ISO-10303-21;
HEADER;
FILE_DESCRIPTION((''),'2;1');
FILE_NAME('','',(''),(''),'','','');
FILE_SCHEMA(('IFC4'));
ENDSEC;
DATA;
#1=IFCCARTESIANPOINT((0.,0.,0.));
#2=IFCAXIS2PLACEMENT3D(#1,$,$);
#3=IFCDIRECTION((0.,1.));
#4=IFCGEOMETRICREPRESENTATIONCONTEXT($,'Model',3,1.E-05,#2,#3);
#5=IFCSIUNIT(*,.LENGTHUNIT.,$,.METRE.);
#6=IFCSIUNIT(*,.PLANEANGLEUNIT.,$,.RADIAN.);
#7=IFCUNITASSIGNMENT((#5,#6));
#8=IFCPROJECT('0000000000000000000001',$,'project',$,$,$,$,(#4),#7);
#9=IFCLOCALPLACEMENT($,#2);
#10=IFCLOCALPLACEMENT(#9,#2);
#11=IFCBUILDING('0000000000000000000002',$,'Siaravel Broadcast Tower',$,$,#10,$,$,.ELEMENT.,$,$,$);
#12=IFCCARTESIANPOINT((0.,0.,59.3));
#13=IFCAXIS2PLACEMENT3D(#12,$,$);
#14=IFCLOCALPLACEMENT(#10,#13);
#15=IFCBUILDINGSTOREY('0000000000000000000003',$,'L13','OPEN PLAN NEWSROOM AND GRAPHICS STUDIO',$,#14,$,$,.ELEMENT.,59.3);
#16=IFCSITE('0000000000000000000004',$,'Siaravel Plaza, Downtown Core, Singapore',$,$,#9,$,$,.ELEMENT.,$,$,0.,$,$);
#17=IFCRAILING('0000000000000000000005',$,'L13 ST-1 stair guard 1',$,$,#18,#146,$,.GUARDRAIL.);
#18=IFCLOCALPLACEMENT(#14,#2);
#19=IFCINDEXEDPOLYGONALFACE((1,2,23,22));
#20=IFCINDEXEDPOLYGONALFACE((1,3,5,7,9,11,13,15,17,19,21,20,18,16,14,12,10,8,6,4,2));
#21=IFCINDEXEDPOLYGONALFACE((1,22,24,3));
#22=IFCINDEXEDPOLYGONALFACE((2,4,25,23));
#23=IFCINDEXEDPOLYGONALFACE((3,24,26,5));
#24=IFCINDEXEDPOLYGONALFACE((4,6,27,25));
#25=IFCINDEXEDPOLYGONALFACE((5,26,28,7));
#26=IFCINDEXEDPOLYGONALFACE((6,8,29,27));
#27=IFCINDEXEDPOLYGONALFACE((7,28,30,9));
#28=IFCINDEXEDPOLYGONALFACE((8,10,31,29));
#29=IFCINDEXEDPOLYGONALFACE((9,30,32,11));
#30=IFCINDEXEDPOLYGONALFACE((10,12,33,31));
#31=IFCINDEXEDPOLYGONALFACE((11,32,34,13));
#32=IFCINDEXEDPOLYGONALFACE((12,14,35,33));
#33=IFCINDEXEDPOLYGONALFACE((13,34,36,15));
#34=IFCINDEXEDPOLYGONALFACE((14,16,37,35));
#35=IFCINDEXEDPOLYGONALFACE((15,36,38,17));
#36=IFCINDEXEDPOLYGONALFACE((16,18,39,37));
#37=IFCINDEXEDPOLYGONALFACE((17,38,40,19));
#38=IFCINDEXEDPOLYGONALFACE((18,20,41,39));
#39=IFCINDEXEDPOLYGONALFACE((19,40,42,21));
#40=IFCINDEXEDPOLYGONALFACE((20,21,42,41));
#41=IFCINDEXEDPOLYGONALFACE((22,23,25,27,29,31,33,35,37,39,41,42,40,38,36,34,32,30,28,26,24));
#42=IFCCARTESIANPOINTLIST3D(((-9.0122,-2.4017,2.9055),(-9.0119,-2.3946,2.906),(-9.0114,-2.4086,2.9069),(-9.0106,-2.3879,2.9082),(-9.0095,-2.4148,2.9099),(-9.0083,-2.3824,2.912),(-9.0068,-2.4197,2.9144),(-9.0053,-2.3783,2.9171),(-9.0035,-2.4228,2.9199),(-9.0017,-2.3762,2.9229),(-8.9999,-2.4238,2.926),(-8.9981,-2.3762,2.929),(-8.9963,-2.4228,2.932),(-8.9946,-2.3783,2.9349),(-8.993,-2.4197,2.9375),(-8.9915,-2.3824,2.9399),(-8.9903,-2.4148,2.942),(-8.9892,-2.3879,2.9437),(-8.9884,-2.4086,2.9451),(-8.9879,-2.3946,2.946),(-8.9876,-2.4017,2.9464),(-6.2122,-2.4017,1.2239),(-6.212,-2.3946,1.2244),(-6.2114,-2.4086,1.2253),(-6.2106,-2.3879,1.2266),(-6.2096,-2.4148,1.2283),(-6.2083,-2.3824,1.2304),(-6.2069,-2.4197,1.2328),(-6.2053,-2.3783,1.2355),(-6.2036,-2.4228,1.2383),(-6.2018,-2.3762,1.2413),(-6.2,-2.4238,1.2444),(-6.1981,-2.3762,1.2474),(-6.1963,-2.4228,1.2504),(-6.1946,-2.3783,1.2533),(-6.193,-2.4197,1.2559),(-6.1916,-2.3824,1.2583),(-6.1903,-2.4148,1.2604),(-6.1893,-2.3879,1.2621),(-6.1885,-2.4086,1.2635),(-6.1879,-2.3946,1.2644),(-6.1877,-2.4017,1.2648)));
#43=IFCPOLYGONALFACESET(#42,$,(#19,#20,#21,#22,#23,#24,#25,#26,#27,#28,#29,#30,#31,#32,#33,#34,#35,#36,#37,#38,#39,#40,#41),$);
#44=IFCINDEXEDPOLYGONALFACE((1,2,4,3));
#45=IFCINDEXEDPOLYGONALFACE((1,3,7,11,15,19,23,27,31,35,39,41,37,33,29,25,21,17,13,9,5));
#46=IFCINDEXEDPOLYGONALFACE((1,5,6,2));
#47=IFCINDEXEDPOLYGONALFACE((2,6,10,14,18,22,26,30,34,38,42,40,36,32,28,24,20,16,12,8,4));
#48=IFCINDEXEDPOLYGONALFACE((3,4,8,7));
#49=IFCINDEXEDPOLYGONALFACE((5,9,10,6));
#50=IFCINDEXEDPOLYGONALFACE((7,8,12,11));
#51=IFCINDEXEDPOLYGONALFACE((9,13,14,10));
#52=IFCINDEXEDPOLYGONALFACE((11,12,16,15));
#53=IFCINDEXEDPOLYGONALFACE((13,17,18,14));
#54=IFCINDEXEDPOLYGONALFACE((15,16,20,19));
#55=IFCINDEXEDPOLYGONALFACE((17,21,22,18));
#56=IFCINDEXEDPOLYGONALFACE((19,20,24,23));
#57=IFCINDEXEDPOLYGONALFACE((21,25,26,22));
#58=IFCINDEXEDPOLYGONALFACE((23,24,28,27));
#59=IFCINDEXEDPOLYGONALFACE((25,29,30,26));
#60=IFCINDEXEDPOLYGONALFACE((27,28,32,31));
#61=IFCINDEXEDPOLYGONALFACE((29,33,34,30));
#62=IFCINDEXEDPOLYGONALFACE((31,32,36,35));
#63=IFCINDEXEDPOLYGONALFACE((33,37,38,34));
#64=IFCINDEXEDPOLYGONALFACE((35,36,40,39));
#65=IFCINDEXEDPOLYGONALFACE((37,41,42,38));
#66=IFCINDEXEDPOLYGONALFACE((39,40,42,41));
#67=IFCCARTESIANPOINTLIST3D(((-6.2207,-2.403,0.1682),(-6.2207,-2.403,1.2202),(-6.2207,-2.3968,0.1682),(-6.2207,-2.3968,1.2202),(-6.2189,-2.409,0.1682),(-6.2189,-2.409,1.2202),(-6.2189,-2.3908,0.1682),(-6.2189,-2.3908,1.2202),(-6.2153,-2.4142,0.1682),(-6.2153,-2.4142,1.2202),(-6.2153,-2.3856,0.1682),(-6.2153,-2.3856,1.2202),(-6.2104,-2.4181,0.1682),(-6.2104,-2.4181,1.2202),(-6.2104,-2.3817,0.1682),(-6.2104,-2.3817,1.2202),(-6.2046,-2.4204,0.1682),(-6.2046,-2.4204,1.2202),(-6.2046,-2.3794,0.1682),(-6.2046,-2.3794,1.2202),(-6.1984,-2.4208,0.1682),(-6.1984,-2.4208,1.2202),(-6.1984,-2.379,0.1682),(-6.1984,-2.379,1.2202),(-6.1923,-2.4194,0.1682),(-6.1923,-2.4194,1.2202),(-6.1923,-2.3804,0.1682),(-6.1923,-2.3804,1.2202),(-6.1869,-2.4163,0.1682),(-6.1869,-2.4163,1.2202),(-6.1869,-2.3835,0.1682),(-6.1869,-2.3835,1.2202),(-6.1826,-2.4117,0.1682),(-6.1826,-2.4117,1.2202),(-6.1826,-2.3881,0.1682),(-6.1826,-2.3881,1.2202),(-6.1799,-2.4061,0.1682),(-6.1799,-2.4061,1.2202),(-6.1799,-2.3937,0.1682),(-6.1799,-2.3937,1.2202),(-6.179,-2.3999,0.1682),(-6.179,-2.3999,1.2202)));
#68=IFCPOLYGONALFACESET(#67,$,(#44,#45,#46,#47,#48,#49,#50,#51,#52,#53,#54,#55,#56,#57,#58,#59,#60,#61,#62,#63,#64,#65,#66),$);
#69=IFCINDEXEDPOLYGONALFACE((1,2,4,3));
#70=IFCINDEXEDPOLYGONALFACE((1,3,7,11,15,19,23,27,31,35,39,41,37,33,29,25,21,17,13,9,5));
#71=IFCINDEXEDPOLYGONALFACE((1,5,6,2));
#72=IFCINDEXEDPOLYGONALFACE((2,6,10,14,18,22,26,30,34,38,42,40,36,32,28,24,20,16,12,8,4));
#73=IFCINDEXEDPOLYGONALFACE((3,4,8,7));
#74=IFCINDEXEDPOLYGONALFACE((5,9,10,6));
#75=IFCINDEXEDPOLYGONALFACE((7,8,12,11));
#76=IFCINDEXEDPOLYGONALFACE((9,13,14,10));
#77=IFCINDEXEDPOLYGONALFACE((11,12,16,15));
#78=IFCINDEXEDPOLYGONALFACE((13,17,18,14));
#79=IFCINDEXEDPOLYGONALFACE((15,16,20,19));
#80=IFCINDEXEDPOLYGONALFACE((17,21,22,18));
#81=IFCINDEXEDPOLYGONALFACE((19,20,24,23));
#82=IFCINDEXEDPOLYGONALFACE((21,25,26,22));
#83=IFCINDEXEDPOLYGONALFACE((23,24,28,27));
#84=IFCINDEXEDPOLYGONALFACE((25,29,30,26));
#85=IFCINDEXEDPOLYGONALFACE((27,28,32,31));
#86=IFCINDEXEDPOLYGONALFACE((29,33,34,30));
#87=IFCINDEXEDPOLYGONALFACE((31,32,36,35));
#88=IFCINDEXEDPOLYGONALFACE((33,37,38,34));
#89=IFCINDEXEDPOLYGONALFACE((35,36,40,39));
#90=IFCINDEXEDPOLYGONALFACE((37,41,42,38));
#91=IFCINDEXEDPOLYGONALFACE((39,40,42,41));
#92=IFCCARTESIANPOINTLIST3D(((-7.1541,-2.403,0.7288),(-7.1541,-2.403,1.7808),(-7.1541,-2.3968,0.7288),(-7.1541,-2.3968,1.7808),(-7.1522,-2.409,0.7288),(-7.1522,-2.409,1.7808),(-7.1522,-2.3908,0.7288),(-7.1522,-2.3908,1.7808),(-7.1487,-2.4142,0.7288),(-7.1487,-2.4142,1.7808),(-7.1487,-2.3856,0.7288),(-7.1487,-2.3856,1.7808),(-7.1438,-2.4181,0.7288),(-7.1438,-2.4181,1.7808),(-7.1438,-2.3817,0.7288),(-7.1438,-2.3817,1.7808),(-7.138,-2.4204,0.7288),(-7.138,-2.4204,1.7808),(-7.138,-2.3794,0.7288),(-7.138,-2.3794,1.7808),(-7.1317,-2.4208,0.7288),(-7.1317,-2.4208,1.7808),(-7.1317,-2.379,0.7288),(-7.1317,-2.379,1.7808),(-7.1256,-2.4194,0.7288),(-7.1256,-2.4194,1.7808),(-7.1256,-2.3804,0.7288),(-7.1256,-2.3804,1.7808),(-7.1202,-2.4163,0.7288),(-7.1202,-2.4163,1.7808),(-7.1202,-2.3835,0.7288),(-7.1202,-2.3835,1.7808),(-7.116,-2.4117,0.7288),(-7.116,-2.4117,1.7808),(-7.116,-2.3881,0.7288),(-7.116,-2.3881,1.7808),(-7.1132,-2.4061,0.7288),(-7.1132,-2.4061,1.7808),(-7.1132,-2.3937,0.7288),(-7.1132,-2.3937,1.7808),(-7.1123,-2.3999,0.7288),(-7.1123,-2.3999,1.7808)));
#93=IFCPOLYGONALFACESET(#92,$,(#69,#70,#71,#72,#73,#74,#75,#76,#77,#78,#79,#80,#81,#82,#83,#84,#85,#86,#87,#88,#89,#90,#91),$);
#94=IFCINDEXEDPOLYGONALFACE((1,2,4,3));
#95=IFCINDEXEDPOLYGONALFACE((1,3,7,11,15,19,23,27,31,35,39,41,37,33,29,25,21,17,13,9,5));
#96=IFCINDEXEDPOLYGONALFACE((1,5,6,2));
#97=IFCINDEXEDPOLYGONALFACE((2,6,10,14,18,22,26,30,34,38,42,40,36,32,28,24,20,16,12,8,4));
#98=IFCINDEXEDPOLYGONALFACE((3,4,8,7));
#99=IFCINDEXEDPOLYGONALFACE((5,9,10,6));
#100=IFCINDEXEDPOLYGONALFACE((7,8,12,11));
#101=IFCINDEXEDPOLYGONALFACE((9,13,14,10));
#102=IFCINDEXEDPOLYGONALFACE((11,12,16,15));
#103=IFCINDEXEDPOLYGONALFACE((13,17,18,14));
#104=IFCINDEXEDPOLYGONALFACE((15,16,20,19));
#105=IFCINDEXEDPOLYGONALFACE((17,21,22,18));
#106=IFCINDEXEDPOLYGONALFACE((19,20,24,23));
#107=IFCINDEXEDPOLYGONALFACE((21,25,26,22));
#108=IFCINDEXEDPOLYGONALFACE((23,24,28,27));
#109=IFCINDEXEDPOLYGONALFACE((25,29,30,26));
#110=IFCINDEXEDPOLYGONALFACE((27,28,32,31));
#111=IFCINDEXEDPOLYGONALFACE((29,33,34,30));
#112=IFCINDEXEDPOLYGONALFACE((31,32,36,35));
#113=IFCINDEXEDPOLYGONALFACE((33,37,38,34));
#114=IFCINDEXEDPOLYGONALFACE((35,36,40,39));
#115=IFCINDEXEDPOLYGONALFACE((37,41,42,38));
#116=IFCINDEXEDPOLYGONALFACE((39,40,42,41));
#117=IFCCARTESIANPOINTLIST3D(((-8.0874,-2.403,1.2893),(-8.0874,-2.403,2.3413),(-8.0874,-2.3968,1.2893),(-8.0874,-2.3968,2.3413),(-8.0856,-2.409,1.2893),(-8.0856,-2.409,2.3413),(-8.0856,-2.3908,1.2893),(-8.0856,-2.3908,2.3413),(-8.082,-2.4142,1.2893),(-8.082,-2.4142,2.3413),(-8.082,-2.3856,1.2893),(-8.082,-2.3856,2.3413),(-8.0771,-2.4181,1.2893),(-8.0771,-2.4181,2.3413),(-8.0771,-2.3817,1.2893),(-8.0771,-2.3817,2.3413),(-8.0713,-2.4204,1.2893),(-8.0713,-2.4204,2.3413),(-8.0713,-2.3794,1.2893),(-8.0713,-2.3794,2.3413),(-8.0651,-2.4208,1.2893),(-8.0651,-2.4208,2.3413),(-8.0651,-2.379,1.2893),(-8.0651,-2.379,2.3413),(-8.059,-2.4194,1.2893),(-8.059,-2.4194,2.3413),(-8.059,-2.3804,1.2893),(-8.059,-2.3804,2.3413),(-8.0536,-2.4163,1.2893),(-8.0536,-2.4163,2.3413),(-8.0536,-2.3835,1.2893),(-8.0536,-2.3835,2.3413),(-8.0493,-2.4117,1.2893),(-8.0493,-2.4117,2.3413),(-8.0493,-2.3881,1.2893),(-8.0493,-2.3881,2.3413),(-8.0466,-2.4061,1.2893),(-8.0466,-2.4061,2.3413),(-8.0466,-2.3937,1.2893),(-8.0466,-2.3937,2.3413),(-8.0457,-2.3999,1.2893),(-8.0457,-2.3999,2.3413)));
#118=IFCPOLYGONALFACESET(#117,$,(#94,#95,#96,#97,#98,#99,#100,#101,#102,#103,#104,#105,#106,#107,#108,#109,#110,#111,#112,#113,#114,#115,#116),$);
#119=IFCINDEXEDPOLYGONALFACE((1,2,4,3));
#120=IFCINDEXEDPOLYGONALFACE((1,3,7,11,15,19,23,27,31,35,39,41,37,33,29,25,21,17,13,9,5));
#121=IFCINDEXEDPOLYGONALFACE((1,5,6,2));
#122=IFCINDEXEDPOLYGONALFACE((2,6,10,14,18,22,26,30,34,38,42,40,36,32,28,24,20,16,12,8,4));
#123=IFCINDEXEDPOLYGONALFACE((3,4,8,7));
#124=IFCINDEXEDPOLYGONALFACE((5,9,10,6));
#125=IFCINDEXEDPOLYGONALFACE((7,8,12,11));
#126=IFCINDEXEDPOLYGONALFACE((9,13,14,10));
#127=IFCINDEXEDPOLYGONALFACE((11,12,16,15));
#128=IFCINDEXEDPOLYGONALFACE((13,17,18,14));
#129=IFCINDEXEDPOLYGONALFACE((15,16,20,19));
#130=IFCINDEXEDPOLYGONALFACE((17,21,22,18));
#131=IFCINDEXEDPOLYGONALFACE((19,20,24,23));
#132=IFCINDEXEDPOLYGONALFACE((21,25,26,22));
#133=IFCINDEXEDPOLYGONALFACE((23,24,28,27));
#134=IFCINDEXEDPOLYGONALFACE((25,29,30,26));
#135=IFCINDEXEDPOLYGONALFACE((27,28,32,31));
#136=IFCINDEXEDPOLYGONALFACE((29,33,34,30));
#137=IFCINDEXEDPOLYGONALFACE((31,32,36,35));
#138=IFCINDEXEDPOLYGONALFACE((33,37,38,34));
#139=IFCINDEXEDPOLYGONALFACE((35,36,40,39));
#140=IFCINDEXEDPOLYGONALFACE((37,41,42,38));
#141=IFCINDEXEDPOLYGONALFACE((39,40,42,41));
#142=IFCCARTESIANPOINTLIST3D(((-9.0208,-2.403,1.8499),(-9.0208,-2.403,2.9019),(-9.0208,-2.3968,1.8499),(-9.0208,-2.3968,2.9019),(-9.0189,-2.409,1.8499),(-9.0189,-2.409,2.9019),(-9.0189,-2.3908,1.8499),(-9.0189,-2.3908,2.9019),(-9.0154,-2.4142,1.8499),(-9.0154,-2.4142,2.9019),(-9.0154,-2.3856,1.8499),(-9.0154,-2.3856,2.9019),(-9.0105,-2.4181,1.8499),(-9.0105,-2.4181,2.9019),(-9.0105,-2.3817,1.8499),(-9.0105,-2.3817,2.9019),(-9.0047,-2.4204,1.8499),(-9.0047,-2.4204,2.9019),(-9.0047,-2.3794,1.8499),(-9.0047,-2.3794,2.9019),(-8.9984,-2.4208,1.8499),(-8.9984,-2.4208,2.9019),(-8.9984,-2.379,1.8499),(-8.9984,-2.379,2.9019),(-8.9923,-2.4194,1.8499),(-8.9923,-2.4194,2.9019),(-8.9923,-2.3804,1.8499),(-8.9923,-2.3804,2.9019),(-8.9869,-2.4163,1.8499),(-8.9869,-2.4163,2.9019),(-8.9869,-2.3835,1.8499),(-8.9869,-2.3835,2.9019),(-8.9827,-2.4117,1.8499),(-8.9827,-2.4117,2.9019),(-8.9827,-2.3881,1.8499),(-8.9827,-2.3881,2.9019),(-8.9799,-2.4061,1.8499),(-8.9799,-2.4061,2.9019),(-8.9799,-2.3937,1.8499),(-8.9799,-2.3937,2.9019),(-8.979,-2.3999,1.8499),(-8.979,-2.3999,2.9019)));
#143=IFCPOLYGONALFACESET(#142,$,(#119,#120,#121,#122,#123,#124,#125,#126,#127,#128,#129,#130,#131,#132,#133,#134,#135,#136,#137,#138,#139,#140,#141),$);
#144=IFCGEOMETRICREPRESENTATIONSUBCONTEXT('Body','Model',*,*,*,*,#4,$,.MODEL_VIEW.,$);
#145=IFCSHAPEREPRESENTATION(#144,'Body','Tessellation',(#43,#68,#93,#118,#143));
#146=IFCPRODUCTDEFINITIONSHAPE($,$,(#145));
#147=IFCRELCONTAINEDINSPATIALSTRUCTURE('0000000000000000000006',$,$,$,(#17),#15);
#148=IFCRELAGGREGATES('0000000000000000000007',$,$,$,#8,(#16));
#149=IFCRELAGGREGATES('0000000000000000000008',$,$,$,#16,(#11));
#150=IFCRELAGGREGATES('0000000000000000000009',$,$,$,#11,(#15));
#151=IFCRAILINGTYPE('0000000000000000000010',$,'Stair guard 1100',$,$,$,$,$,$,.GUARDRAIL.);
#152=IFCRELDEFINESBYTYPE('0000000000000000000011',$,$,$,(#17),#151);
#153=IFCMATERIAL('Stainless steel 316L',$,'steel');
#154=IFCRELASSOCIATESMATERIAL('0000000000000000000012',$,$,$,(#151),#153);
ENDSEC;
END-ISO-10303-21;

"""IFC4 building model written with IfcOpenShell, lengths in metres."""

from ifc_helpers import new_model, si_unit, direction, frame, origin, origin_2d, place, context, subcontext, project, spatial, circle, extrude, material, type_object, element, save


model = new_model("IFC4")

# Units and contexts
model_context = context("Model", 3, precision=1e-05, world=origin(), true_north=direction((0.0, 1.0)))
body_context = subcontext(model_context, "Body", "Model", "MODEL_VIEW")
ifc_project = project(units=[si_unit("LENGTHUNIT", "METRE"), si_unit("PLANEANGLEUNIT", "RADIAN")], contexts=[model_context])

# Site, building, storey
site_placement = place(None, origin())
site = spatial("IfcSite", under=ifc_project, at=site_placement, Name="Siaravel Plaza, Downtown Core, Singapore", CompositionType="ELEMENT", RefElevation=0.0)
building_placement = place(site_placement, origin())
building = spatial("IfcBuilding", under=site, at=building_placement, Name="Siaravel Broadcast Tower", CompositionType="ELEMENT")
storey_placement = place(building_placement, frame((0.0, 0.0, 59.3)))
storey = spatial("IfcBuildingStorey", under=building, at=storey_placement, Name="L13", Description="OPEN PLAN NEWSROOM AND GRAPHICS STUDIO", CompositionType="ELEMENT", Elevation=59.3)

# Shared definitions
ifc_material_1 = material(Name="Stainless steel 316L", Category="steel")

# Railing
railing_type_1 = type_object("IfcRailingType", Name="Stair guard 1100", PredefinedType="GUARDRAIL", material=ifc_material_1)
railing_1_placement = place(storey_placement, frame((-6.2, -2.3999, 0.1682)))
element("IfcRailing", 1, at=railing_1_placement, inside=storey, type_object=railing_type_1, Name="L13 ST-1 stair guard 1", PredefinedType="GUARDRAIL", context=body_context, shape_type="SweptSolid", body=[
    extrude(circle(Radius=0.0239, at=origin_2d()), frame((0.0, 0.0, 1.0762), z_axis=(-0.857275, 0.0, 0.514858), x_axis=(0.0, -1.0, 0.0)), (0.0, 0.0, 1.0), 3.2661),
    extrude(circle(Radius=0.021, at=origin_2d()), origin(), (0.0, 0.0, 1.0), 1.052),
    extrude(circle(Radius=0.021, at=origin_2d()), frame((-0.9333, 0.0, 0.5605)), (0.0, 0.0, 1.0), 1.052),
    extrude(circle(Radius=0.021, at=origin_2d()), frame((-1.8667, 0.0, 1.1211)), (0.0, 0.0, 1.0), 1.052),
    extrude(circle(Radius=0.021, at=origin_2d()), frame((-2.8, 0.0, 1.6816)), (0.0, 0.0, 1.0), 1.052),
])

save(model, "model.ifc")
